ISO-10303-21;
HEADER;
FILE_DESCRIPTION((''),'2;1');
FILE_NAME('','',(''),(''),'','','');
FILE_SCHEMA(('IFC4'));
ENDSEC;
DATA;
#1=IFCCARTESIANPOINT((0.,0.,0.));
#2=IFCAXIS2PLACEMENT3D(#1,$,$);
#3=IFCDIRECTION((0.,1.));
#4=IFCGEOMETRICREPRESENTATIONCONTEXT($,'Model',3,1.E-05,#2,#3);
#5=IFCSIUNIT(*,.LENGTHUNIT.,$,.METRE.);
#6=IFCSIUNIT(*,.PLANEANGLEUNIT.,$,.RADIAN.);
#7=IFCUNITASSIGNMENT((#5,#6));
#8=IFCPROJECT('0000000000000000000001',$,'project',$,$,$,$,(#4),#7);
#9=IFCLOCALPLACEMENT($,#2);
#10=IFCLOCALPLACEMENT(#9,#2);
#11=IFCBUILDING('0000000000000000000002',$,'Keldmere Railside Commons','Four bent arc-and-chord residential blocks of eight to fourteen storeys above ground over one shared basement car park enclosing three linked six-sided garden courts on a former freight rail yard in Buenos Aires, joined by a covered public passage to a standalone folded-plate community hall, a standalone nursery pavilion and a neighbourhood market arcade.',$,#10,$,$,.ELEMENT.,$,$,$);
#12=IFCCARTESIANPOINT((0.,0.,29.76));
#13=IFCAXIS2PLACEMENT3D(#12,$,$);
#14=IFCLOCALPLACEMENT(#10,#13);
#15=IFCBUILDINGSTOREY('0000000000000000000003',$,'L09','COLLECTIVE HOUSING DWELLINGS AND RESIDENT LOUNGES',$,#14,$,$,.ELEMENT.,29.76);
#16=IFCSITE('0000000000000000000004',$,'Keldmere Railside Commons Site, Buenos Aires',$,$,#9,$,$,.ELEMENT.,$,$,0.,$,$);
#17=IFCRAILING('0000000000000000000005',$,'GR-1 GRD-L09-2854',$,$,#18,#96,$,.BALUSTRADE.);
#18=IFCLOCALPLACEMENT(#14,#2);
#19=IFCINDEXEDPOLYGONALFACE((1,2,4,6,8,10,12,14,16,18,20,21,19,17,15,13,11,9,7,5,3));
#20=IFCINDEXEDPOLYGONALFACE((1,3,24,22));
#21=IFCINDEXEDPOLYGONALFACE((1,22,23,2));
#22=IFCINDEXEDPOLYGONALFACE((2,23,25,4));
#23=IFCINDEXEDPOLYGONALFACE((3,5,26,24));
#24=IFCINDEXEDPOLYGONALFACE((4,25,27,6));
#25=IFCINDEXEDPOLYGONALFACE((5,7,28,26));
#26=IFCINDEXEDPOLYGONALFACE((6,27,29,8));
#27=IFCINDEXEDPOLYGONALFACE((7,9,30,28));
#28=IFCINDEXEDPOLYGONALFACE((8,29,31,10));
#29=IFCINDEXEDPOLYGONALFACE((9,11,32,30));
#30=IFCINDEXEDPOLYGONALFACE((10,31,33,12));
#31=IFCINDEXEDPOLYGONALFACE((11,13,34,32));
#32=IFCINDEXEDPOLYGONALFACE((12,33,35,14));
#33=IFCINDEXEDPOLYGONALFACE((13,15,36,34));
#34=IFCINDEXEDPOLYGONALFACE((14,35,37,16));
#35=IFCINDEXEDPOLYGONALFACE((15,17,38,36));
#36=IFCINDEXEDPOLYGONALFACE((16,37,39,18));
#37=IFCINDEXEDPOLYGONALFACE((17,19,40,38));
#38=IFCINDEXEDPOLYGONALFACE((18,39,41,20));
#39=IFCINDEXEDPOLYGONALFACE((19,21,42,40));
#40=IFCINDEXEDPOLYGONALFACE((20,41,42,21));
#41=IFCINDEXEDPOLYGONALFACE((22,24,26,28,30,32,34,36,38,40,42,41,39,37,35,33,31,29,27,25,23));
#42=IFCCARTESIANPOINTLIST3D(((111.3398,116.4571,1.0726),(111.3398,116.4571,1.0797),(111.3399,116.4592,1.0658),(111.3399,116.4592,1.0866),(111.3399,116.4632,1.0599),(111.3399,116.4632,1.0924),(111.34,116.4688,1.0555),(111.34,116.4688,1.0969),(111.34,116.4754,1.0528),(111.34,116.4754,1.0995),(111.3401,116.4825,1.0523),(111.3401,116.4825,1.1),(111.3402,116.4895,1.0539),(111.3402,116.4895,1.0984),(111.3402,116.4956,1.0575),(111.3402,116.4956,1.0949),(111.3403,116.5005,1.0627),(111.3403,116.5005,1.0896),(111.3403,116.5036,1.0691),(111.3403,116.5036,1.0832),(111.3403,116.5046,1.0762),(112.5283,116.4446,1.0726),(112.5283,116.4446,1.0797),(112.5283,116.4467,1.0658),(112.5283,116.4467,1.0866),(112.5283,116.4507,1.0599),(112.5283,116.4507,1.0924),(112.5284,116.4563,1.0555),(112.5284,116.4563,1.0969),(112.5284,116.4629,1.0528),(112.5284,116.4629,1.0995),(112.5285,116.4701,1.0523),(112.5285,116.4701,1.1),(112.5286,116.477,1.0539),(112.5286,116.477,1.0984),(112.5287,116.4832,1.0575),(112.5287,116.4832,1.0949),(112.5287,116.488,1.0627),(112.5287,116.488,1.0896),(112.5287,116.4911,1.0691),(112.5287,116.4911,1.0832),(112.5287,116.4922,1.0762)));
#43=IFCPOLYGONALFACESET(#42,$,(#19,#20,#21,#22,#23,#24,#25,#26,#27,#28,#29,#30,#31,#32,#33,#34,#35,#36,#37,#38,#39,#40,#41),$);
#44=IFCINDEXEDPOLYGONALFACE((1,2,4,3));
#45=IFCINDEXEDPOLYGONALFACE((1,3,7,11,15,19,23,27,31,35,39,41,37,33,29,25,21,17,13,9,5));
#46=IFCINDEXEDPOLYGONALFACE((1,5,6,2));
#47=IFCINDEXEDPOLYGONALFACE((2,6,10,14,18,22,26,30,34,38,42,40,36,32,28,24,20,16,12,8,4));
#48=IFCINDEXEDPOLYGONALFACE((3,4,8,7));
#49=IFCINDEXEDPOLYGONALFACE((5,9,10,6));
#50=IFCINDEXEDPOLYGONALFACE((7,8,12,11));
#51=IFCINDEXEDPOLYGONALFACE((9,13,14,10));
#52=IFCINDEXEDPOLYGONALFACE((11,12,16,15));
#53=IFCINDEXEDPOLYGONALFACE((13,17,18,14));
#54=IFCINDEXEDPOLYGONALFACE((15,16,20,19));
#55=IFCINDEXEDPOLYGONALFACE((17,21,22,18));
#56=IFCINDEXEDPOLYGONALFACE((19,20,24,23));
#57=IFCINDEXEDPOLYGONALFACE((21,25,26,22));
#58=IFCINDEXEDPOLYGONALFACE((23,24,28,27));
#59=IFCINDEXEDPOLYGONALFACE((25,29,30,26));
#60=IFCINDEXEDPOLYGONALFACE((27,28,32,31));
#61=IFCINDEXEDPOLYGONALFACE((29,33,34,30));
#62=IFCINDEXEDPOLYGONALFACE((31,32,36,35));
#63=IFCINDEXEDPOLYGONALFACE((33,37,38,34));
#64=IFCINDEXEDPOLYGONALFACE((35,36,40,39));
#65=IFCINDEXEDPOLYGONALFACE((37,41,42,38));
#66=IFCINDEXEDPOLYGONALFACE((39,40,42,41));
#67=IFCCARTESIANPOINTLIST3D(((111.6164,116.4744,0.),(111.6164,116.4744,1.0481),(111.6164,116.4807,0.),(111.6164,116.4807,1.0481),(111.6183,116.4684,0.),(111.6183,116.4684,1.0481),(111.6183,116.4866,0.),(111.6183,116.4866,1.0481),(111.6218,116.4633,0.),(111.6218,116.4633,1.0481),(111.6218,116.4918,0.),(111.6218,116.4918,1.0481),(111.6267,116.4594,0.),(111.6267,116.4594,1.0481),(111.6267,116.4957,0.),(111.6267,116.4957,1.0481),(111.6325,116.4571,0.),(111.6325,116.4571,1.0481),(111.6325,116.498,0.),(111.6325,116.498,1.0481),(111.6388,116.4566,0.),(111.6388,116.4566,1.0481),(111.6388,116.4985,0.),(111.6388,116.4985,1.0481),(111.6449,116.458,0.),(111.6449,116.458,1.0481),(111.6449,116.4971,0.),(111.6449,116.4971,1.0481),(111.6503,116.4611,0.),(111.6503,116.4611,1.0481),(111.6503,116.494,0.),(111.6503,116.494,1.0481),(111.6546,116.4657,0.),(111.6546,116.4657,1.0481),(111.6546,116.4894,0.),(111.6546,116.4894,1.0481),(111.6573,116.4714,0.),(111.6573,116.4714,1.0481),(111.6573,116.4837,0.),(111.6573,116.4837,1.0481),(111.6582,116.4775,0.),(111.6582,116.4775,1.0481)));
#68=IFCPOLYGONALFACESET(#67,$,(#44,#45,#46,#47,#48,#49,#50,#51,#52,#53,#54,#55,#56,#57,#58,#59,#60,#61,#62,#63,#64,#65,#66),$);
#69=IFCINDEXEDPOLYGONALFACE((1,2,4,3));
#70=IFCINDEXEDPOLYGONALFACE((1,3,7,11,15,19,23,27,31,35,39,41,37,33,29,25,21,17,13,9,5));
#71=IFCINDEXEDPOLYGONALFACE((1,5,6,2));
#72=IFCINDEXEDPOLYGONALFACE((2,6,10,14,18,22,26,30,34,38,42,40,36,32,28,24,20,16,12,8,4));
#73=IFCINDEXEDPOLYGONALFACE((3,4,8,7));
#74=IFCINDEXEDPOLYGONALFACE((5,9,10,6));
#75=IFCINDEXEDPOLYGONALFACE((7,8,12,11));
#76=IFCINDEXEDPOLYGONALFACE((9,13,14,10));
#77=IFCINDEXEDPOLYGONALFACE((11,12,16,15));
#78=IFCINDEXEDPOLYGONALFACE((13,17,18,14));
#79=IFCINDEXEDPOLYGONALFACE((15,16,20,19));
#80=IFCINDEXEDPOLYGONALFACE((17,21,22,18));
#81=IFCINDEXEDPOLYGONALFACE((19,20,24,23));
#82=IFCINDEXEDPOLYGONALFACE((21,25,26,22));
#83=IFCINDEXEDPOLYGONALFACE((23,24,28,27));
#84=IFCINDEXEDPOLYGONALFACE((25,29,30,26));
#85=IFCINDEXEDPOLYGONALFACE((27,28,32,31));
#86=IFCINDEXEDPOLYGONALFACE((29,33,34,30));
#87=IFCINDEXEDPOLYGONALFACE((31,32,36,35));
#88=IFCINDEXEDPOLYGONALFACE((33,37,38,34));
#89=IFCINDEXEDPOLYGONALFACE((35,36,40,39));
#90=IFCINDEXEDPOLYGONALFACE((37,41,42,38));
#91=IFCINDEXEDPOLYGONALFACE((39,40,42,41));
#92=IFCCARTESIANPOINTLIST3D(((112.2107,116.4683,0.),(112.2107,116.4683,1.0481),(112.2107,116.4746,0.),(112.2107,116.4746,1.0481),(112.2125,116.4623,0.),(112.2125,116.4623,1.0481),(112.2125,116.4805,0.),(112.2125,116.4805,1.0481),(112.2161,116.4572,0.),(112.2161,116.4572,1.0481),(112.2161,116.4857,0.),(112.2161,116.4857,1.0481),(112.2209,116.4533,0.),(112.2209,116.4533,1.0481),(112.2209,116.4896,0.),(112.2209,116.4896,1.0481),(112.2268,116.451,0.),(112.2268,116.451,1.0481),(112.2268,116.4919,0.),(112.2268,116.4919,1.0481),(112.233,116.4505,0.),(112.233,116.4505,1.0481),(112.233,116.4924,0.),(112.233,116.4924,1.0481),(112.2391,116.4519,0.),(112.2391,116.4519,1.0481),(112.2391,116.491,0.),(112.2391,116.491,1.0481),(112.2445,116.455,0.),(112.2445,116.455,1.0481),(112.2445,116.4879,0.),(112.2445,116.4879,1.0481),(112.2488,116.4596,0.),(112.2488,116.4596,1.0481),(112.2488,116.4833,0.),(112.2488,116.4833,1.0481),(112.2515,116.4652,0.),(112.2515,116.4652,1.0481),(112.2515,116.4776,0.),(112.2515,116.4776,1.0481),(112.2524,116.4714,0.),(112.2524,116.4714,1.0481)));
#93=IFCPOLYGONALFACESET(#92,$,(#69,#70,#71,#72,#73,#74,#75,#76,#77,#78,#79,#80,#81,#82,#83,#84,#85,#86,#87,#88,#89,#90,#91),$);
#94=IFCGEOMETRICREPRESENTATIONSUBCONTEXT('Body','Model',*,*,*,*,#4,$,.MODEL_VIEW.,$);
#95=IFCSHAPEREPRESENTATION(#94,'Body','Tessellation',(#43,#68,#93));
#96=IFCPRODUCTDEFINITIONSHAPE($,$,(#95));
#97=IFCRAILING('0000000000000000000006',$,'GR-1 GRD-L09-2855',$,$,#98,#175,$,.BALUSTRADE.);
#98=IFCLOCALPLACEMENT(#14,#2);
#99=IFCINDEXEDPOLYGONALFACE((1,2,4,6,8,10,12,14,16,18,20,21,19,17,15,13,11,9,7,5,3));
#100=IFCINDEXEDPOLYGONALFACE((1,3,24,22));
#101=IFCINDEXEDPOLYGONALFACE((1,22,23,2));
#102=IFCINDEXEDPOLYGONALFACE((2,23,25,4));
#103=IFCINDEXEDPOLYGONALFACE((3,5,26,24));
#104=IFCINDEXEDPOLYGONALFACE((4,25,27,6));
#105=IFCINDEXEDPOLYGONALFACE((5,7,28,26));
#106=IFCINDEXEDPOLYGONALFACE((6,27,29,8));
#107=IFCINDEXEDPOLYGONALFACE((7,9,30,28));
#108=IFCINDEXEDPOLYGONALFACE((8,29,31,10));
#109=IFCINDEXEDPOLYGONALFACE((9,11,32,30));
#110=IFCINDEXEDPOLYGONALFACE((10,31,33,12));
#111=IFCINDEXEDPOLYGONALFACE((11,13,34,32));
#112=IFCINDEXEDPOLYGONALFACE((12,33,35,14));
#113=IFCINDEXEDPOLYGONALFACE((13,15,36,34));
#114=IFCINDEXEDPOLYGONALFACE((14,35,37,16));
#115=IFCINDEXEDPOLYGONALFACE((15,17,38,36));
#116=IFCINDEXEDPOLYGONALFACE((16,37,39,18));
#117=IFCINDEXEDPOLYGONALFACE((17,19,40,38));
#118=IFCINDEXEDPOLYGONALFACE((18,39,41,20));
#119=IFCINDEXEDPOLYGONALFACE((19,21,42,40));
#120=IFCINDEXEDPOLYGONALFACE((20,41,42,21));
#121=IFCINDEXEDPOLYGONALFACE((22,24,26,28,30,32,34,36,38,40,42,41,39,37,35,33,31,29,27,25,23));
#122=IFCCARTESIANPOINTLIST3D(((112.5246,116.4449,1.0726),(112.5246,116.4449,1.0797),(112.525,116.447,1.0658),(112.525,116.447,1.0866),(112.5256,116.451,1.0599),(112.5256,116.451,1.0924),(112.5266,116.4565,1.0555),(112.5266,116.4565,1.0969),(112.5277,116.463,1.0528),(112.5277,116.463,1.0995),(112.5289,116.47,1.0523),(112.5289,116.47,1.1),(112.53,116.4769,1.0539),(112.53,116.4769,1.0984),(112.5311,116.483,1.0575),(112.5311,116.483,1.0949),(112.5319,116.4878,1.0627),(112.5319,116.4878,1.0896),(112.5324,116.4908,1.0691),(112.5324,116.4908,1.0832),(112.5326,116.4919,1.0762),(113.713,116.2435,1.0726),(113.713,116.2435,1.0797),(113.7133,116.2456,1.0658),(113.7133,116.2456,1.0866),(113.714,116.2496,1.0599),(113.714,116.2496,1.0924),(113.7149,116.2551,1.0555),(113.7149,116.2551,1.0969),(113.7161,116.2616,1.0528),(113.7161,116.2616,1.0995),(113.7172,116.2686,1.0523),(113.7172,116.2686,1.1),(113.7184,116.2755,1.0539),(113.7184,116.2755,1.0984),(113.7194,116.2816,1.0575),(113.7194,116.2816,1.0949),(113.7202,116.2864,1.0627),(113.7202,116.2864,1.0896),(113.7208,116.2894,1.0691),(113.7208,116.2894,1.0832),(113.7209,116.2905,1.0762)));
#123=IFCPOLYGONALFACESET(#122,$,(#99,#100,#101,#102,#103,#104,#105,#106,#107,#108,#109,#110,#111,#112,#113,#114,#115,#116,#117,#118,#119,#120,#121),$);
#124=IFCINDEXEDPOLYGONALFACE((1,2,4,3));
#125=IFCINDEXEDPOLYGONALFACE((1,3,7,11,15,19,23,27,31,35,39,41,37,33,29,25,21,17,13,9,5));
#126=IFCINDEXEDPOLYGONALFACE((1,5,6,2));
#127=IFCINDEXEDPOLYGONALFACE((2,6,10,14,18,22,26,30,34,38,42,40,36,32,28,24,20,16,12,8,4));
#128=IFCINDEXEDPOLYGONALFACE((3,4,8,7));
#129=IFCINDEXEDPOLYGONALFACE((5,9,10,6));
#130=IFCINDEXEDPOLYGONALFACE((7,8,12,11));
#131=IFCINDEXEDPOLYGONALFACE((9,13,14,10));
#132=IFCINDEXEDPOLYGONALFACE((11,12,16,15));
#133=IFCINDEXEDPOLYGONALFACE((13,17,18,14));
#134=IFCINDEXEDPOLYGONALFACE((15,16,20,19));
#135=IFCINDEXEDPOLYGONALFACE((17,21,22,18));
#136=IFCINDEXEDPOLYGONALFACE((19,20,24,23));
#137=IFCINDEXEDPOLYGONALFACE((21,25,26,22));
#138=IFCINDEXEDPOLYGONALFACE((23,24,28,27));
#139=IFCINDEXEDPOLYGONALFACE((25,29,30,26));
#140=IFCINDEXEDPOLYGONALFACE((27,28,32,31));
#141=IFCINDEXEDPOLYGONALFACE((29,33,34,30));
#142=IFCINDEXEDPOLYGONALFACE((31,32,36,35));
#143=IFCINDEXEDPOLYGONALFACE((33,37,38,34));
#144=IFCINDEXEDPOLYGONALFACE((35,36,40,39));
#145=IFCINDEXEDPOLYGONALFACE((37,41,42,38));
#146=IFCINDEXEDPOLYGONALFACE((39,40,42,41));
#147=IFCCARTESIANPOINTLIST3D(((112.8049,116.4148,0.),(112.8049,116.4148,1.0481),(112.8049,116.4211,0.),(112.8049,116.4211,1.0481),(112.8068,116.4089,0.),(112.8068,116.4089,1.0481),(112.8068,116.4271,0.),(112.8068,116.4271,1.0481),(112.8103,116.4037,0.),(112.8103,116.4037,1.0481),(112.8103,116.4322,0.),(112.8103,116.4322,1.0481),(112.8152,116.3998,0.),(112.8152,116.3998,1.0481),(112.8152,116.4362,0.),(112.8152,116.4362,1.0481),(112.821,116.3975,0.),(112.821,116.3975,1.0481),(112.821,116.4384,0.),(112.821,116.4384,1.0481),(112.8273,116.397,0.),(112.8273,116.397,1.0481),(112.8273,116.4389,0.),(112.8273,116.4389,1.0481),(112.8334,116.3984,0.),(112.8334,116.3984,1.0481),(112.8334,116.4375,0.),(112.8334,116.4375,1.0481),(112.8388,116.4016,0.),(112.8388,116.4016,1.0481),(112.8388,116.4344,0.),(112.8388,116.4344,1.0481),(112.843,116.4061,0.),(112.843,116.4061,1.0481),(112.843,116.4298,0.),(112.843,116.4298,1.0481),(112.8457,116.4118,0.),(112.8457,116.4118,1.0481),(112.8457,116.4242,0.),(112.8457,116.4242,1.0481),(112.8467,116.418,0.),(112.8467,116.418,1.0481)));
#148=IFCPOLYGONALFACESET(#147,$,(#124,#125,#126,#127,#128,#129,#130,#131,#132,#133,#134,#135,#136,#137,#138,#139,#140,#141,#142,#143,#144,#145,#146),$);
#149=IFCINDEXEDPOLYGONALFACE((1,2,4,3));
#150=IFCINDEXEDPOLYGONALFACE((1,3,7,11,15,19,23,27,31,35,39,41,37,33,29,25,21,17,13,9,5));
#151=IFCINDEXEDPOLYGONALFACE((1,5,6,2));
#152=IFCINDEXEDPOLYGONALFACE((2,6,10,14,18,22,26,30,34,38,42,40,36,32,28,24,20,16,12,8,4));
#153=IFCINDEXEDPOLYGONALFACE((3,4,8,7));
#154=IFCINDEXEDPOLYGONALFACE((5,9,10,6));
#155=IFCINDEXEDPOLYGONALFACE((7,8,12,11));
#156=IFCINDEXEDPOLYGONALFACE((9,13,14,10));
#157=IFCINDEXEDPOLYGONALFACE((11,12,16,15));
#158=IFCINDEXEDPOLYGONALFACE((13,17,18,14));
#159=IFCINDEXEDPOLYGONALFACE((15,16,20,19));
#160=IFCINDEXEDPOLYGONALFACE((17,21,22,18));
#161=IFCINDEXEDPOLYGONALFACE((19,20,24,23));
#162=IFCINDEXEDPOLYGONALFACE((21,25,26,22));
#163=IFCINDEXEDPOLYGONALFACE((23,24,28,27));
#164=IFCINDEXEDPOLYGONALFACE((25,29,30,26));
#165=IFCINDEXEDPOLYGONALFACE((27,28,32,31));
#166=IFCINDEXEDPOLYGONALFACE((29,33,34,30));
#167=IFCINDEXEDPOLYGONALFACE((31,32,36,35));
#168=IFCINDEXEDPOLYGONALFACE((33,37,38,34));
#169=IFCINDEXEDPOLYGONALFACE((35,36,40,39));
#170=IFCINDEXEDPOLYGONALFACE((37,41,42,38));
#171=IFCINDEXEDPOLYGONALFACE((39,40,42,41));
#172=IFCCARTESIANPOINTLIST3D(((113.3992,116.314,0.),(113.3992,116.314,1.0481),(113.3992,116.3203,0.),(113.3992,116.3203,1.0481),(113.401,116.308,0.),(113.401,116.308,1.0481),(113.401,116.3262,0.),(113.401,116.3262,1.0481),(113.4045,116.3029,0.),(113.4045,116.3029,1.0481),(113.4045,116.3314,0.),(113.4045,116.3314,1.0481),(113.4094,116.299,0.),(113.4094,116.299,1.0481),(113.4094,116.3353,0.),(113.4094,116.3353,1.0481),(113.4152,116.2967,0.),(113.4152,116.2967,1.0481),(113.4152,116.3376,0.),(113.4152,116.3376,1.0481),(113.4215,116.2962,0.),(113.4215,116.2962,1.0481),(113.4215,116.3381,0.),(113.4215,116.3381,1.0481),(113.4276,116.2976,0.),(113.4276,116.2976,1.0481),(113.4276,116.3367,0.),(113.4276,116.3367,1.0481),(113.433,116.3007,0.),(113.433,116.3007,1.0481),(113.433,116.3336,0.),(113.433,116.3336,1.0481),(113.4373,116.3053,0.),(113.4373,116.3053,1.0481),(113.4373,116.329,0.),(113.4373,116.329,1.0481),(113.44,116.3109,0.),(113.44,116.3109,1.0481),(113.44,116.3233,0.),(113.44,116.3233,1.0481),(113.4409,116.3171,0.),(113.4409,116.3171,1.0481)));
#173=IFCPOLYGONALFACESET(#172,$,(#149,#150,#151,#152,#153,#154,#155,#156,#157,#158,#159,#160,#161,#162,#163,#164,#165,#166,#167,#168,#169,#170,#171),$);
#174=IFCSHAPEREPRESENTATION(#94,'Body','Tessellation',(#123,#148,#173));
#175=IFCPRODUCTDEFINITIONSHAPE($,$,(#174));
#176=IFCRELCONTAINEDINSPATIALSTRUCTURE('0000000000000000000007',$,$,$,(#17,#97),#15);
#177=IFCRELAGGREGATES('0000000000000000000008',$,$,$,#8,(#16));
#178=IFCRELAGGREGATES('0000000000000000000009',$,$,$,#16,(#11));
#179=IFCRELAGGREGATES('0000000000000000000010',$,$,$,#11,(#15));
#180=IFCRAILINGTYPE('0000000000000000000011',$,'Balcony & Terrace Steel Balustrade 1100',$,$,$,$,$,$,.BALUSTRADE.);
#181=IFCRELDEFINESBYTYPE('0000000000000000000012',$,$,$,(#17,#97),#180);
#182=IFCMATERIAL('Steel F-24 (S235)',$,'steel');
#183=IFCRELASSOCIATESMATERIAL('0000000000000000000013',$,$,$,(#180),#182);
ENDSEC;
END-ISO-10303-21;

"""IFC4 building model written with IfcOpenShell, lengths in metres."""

from ifc_helpers import new_model, si_unit, direction, frame, origin, origin_2d, place, context, subcontext, project, spatial, circle, extrude, material, type_object, element, save


model = new_model("IFC4")

# Units and contexts
model_context = context("Model", 3, precision=1e-05, world=origin(), true_north=direction((0.0, 1.0)))
body_context = subcontext(model_context, "Body", "Model", "MODEL_VIEW")
ifc_project = project(units=[si_unit("LENGTHUNIT", "METRE"), si_unit("PLANEANGLEUNIT", "RADIAN")], contexts=[model_context])

# Site, building, storey
site_placement = place(None, origin())
site = spatial("IfcSite", under=ifc_project, at=site_placement, Name="Keldmere Railside Commons Site, Buenos Aires", CompositionType="ELEMENT", RefElevation=0.0)
building_placement = place(site_placement, origin())
building = spatial("IfcBuilding", under=site, at=building_placement, Name="Keldmere Railside Commons", Description="Four bent arc-and-chord residential blocks of eight to fourteen storeys above ground over one shared basement car park enclosing three linked six-sided garden courts on a former freight rail yard in Buenos Aires, joined by a covered public passage to a standalone folded-plate community hall, a standalone nursery pavilion and a neighbourhood market arcade.", CompositionType="ELEMENT")
storey_placement = place(building_placement, frame((0.0, 0.0, 29.76)))
storey = spatial("IfcBuildingStorey", under=building, at=storey_placement, Name="L09", Description="COLLECTIVE HOUSING DWELLINGS AND RESIDENT LOUNGES", CompositionType="ELEMENT", Elevation=29.76)

# Railings
ifc_material_1 = material(Name="Steel F-24 (S235)", Category="steel")
railing_type = type_object("IfcRailingType", Name="Balcony & Terrace Steel Balustrade 1100", PredefinedType="BALUSTRADE", material=ifc_material_1)
railing_1_placement = place(storey_placement, frame((111.3401, 116.4807, 0.0)))
element("IfcRailing", 1, at=railing_1_placement, inside=storey, type_object=railing_type, Name="GR-1 GRD-L09-2854", PredefinedType="BALUSTRADE", context=body_context, shape_type="SweptSolid", body=[
    extrude(circle(Radius=0.0239, at=origin_2d()), frame((0.0, 0.0, 1.0762), z_axis=(0.999945, -0.010476, 0.0), x_axis=(0.010476, 0.999945, 0.0)), (0.0, 0.0, 1.0), 1.1885),
    extrude(circle(Radius=0.021, at=origin_2d()), frame((0.2971, -0.0032, 0.0)), (0.0, 0.0, 1.0), 1.0481),
    extrude(circle(Radius=0.021, at=origin_2d()), frame((0.8914, -0.0093, 0.0)), (0.0, 0.0, 1.0), 1.0481),
])
railing_2_placement = place(storey_placement, frame((112.5286, 116.4683, 0.0)))
element("IfcRailing", 2, at=railing_2_placement, inside=storey, type_object=railing_type, Name="GR-1 GRD-L09-2855", PredefinedType="BALUSTRADE", context=body_context, shape_type="SweptSolid", body=[
    extrude(circle(Radius=0.0239, at=origin_2d()), frame((0.0, 0.0, 1.0762), z_axis=(0.985941, -0.167092, 0.0), x_axis=(0.167092, 0.985941, 0.0)), (0.0, 0.0, 1.0), 1.2053),
    extrude(circle(Radius=0.021, at=origin_2d()), frame((0.2971, -0.0503, 0.0)), (0.0, 0.0, 1.0), 1.0481),
    extrude(circle(Radius=0.021, at=origin_2d()), frame((0.8914, -0.1511, 0.0)), (0.0, 0.0, 1.0), 1.0481),
])

save(model, "model.ifc")
